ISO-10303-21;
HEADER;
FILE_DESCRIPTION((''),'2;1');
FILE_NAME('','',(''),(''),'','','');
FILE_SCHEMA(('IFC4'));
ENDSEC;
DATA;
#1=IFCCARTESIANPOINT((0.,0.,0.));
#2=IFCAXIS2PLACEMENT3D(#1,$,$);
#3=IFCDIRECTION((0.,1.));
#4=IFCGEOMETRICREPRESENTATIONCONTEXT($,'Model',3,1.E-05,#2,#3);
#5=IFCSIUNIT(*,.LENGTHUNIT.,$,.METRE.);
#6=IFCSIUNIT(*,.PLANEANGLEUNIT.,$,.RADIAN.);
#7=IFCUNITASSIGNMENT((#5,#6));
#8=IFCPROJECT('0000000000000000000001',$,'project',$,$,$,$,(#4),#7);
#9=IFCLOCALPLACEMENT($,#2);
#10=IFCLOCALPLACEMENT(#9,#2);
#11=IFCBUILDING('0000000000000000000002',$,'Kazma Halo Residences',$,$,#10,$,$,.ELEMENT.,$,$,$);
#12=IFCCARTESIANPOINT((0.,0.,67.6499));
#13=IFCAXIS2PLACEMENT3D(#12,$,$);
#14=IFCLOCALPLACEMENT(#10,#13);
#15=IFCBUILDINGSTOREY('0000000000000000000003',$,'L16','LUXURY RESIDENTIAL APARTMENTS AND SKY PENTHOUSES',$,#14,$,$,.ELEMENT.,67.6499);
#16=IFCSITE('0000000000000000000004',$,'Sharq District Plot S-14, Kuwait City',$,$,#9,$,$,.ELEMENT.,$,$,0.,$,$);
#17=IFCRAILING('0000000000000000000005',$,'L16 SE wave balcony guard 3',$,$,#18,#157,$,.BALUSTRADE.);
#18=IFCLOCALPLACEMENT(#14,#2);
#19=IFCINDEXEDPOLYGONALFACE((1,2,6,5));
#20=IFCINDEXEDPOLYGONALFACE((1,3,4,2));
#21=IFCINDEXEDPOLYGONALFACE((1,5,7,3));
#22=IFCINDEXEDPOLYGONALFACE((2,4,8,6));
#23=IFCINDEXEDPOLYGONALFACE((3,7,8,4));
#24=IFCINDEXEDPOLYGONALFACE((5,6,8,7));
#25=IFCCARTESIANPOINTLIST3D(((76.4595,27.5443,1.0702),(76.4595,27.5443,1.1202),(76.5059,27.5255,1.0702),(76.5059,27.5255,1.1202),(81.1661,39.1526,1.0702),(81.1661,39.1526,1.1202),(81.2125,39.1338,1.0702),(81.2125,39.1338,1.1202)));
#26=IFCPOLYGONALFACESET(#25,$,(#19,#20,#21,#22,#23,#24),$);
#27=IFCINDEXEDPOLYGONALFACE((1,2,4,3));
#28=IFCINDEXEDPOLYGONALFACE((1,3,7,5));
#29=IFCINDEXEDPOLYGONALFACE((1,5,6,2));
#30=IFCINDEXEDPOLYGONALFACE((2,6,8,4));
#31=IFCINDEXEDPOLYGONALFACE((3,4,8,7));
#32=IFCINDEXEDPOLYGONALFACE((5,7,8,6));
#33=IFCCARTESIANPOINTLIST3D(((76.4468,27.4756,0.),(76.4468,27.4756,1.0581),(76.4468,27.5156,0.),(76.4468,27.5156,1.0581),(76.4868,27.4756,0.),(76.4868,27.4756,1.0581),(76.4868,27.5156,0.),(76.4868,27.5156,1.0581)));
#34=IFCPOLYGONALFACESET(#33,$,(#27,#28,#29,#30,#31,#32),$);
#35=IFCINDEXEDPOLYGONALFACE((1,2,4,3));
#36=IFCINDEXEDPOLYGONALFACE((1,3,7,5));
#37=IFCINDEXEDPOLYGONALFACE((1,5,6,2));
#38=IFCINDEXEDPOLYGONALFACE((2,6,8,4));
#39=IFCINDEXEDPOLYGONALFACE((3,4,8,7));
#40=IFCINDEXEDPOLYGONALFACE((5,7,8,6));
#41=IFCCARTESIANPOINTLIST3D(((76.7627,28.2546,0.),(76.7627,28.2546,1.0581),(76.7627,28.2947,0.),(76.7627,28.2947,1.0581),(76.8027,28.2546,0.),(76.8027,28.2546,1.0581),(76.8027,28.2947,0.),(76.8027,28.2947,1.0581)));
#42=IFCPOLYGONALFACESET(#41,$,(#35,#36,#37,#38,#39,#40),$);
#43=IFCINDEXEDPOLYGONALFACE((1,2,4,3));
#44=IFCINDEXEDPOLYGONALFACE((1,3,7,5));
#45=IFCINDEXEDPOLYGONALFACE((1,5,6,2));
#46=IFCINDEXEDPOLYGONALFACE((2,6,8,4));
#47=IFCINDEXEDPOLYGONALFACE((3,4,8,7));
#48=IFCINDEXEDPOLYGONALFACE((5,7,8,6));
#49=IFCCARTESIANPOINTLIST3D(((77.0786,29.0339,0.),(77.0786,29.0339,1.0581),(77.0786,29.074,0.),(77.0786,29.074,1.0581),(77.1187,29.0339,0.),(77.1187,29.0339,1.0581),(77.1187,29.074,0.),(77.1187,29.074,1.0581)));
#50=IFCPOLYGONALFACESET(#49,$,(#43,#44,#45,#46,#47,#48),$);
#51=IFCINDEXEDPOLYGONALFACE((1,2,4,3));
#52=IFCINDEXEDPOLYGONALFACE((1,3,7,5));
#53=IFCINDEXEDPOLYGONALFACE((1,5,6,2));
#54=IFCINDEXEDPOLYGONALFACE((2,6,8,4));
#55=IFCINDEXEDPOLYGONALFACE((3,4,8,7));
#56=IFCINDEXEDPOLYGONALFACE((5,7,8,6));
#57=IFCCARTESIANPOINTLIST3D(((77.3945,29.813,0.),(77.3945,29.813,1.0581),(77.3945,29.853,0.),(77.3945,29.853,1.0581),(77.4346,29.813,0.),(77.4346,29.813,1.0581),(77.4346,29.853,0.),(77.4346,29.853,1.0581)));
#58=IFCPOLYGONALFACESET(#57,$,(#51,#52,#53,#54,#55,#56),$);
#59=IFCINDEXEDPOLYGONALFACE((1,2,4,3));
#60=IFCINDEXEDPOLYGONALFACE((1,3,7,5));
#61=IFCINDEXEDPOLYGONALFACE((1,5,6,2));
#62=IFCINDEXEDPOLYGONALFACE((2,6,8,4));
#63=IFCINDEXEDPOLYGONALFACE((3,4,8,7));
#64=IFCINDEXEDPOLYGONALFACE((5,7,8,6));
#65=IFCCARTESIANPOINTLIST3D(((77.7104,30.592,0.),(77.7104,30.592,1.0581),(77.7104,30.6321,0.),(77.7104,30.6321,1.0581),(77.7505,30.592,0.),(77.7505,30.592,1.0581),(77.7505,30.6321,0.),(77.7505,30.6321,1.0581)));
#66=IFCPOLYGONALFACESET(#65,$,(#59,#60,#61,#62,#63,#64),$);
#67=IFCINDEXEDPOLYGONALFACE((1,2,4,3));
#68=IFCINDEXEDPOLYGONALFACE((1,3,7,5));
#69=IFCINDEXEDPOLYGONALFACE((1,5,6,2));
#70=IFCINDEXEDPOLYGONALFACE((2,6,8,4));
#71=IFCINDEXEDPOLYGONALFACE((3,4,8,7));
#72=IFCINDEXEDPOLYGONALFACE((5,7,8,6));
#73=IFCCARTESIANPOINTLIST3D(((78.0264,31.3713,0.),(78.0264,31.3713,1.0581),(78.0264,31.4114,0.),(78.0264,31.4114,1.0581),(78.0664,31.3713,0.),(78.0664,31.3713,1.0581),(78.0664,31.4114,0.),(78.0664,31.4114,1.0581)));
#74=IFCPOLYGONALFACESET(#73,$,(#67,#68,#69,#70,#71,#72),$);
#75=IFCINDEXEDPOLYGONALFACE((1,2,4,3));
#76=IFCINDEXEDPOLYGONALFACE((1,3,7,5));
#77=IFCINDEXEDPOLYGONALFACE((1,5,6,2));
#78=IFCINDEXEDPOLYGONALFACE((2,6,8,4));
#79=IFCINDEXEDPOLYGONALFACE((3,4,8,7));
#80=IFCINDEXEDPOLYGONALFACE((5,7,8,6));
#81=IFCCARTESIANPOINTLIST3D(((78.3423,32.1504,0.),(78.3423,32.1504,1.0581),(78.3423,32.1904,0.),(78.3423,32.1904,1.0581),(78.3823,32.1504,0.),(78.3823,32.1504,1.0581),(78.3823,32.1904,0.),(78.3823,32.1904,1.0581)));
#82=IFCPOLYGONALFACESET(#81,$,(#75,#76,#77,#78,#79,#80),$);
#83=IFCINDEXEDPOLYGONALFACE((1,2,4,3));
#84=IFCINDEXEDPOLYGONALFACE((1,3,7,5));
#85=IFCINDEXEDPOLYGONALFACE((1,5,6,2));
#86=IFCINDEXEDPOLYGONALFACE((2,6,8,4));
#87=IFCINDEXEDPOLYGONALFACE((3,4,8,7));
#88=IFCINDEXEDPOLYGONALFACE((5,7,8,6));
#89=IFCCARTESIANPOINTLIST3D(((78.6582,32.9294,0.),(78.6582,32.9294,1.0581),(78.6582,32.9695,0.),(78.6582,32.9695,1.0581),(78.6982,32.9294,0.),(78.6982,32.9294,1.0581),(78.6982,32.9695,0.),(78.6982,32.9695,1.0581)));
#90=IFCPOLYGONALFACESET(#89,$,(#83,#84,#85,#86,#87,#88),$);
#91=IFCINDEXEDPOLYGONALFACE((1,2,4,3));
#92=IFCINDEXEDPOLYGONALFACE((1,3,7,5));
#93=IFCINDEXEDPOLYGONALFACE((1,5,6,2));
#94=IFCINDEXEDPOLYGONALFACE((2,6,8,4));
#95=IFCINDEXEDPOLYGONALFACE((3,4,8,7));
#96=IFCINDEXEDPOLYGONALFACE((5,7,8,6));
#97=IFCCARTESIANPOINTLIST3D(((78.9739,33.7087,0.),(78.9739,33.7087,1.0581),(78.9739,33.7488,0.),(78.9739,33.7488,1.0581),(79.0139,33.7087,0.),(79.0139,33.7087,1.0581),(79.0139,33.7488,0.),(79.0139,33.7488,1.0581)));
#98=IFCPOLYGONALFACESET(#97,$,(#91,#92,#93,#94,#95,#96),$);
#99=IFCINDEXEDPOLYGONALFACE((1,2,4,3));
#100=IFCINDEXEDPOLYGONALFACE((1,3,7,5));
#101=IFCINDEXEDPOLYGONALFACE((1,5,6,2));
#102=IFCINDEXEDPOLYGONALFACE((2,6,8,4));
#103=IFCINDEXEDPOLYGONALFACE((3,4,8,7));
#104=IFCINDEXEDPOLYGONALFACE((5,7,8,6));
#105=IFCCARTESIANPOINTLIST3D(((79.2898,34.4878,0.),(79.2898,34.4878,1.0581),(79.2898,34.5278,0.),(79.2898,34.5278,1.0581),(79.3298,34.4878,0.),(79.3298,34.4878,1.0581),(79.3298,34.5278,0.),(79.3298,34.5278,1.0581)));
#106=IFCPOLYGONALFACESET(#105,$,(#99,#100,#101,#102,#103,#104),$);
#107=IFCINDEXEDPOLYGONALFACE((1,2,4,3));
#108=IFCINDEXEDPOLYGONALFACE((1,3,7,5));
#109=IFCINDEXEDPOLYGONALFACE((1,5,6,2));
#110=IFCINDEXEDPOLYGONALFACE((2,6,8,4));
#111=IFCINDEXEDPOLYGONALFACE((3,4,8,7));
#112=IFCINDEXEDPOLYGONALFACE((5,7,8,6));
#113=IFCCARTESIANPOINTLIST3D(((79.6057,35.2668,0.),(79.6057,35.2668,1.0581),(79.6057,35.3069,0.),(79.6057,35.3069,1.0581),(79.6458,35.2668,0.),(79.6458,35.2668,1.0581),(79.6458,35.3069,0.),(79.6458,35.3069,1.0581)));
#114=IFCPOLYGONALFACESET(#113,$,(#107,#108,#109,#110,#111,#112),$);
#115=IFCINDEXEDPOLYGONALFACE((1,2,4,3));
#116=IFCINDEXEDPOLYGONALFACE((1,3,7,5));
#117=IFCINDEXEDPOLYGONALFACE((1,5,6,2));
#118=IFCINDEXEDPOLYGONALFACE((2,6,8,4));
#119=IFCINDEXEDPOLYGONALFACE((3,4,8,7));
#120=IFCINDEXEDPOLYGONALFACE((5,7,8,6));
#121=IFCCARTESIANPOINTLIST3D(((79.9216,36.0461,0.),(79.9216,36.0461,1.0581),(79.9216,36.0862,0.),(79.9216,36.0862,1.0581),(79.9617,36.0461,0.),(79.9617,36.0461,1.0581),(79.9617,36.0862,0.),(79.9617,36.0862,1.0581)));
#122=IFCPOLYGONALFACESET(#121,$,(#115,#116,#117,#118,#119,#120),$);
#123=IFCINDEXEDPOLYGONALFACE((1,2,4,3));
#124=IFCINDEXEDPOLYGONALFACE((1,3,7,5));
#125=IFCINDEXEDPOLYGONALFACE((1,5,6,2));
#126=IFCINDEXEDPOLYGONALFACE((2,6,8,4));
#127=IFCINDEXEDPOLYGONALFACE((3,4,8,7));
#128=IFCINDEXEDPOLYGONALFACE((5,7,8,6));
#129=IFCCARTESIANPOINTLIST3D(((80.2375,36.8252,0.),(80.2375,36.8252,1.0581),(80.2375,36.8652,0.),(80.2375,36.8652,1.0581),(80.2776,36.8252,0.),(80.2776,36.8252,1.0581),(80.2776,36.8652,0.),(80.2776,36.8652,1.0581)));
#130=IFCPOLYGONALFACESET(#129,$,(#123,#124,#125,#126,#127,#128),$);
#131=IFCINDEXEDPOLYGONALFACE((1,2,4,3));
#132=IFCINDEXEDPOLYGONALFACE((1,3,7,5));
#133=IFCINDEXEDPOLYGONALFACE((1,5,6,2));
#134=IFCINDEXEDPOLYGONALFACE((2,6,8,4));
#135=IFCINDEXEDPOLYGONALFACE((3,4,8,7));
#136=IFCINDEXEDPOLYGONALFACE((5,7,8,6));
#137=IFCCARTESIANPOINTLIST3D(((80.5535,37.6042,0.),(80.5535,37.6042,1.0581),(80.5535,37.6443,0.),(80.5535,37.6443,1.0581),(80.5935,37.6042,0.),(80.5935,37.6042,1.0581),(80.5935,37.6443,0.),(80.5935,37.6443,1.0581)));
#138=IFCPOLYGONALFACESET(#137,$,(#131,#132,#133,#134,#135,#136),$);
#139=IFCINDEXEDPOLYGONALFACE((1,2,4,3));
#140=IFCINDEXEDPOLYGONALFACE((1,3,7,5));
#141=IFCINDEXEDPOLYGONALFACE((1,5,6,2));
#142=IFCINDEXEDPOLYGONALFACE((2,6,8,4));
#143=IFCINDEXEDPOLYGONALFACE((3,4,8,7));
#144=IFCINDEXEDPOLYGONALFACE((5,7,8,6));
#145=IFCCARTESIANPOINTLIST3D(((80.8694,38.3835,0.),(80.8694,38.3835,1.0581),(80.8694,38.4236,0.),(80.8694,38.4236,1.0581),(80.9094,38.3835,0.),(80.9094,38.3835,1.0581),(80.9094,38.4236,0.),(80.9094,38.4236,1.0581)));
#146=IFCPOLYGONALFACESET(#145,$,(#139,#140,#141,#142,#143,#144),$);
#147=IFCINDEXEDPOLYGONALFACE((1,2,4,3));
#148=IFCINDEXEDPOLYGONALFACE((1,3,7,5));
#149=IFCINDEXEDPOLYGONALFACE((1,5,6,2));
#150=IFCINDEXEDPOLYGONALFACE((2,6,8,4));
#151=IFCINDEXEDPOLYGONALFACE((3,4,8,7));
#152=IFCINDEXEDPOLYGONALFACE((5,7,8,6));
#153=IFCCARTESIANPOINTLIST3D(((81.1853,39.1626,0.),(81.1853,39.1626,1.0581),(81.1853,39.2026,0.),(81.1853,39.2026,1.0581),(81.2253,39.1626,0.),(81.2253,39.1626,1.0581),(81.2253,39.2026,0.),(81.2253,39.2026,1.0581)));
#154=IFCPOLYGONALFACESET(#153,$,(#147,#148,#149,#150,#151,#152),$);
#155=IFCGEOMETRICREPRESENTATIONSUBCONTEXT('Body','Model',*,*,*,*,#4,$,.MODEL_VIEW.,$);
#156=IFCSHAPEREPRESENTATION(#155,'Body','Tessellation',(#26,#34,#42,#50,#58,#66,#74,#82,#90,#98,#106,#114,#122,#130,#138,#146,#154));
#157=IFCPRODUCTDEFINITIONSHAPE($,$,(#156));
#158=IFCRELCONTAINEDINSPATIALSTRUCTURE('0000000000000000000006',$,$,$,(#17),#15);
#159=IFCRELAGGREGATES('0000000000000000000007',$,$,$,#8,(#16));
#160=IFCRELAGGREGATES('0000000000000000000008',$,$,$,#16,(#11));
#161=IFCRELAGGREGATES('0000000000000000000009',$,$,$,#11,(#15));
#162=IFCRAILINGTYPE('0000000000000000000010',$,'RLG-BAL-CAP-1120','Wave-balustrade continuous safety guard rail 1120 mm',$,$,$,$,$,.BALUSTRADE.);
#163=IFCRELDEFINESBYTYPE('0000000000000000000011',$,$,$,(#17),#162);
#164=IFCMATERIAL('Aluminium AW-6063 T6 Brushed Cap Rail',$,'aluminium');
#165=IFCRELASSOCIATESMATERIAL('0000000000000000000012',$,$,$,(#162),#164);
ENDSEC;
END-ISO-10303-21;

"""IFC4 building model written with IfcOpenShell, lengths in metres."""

from ifc_helpers import new_model, si_unit, direction, frame, origin, origin_2d, place, context, subcontext, project, spatial, rectangle, extrude, material, type_object, element, save


model = new_model("IFC4")

# Units and contexts
model_context = context("Model", 3, precision=1e-05, world=origin(), true_north=direction((0.0, 1.0)))
body_context = subcontext(model_context, "Body", "Model", "MODEL_VIEW")
ifc_project = project(units=[si_unit("LENGTHUNIT", "METRE"), si_unit("PLANEANGLEUNIT", "RADIAN")], contexts=[model_context])

# Site, building, storey
site_placement = place(None, origin())
site = spatial("IfcSite", under=ifc_project, at=site_placement, Name="Sharq District Plot S-14, Kuwait City", CompositionType="ELEMENT", RefElevation=0.0)
building_placement = place(site_placement, origin())
building = spatial("IfcBuilding", under=site, at=building_placement, Name="Kazma Halo Residences", CompositionType="ELEMENT")
storey_placement = place(building_placement, frame((0.0, 0.0, 67.6499)))
storey = spatial("IfcBuildingStorey", under=building, at=storey_placement, Name="L16", Description="LUXURY RESIDENTIAL APARTMENTS AND SKY PENTHOUSES", CompositionType="ELEMENT", Elevation=67.6499)

# Railing
ifc_material_1 = material(Name="Aluminium AW-6063 T6 Brushed Cap Rail", Category="aluminium")
railing_type = type_object("IfcRailingType", Name="RLG-BAL-CAP-1120", Description="Wave-balustrade continuous safety guard rail 1120 mm", PredefinedType="BALUSTRADE", material=ifc_material_1)
railing_1_placement = place(storey_placement, frame((76.4668, 27.4956, 0.0)))
element("IfcRailing", 1, at=railing_1_placement, inside=storey, type_object=railing_type, Name="L16 SE wave balcony guard 3", PredefinedType="BALUSTRADE", context=body_context, shape_type="SweptSolid", body=[
    extrude(rectangle(XDim=0.05, YDim=0.05, at=origin_2d()), frame((0.0159, 0.0393, 1.0952), z_axis=(0.375742, 0.926724, 0.0), x_axis=(-0.926724, 0.375742, 0.0)), (0.0, 0.0, 1.0), 12.5261),
    extrude(rectangle(XDim=0.04, YDim=0.04, at=origin_2d()), origin(), (0.0, 0.0, 1.0), 1.0581),
    extrude(rectangle(XDim=0.04, YDim=0.04, at=origin_2d()), frame((0.3159, 0.7791, 0.0)), (0.0, 0.0, 1.0), 1.0581),
    extrude(rectangle(XDim=0.04, YDim=0.04, at=origin_2d()), frame((0.6318, 1.5583, 0.0)), (0.0, 0.0, 1.0), 1.0581),
    extrude(rectangle(XDim=0.04, YDim=0.04, at=origin_2d()), frame((0.9478, 2.3374, 0.0)), (0.0, 0.0, 1.0), 1.0581),
    extrude(rectangle(XDim=0.04, YDim=0.04, at=origin_2d()), frame((1.2637, 3.1165, 0.0)), (0.0, 0.0, 1.0), 1.0581),
    extrude(rectangle(XDim=0.04, YDim=0.04, at=origin_2d()), frame((1.5796, 3.8958, 0.0)), (0.0, 0.0, 1.0), 1.0581),
    extrude(rectangle(XDim=0.04, YDim=0.04, at=origin_2d()), frame((1.8955, 4.6748, 0.0)), (0.0, 0.0, 1.0), 1.0581),
    extrude(rectangle(XDim=0.04, YDim=0.04, at=origin_2d()), frame((2.2114, 5.4539, 0.0)), (0.0, 0.0, 1.0), 1.0581),
    extrude(rectangle(XDim=0.04, YDim=0.04, at=origin_2d()), frame((2.5271, 6.2332, 0.0)), (0.0, 0.0, 1.0), 1.0581),
    extrude(rectangle(XDim=0.04, YDim=0.04, at=origin_2d()), frame((2.843, 7.0122, 0.0)), (0.0, 0.0, 1.0), 1.0581),
    extrude(rectangle(XDim=0.04, YDim=0.04, at=origin_2d()), frame((3.1589, 7.7913, 0.0)), (0.0, 0.0, 1.0), 1.0581),
    extrude(rectangle(XDim=0.04, YDim=0.04, at=origin_2d()), frame((3.4749, 8.5706, 0.0)), (0.0, 0.0, 1.0), 1.0581),
    extrude(rectangle(XDim=0.04, YDim=0.04, at=origin_2d()), frame((3.7908, 9.3496, 0.0)), (0.0, 0.0, 1.0), 1.0581),
    extrude(rectangle(XDim=0.04, YDim=0.04, at=origin_2d()), frame((4.1067, 10.1287, 0.0)), (0.0, 0.0, 1.0), 1.0581),
    extrude(rectangle(XDim=0.04, YDim=0.04, at=origin_2d()), frame((4.4226, 10.908, 0.0)), (0.0, 0.0, 1.0), 1.0581),
    extrude(rectangle(XDim=0.04, YDim=0.04, at=origin_2d()), frame((4.7385, 11.687, 0.0)), (0.0, 0.0, 1.0), 1.0581),
])

save(model, "model.ifc")
